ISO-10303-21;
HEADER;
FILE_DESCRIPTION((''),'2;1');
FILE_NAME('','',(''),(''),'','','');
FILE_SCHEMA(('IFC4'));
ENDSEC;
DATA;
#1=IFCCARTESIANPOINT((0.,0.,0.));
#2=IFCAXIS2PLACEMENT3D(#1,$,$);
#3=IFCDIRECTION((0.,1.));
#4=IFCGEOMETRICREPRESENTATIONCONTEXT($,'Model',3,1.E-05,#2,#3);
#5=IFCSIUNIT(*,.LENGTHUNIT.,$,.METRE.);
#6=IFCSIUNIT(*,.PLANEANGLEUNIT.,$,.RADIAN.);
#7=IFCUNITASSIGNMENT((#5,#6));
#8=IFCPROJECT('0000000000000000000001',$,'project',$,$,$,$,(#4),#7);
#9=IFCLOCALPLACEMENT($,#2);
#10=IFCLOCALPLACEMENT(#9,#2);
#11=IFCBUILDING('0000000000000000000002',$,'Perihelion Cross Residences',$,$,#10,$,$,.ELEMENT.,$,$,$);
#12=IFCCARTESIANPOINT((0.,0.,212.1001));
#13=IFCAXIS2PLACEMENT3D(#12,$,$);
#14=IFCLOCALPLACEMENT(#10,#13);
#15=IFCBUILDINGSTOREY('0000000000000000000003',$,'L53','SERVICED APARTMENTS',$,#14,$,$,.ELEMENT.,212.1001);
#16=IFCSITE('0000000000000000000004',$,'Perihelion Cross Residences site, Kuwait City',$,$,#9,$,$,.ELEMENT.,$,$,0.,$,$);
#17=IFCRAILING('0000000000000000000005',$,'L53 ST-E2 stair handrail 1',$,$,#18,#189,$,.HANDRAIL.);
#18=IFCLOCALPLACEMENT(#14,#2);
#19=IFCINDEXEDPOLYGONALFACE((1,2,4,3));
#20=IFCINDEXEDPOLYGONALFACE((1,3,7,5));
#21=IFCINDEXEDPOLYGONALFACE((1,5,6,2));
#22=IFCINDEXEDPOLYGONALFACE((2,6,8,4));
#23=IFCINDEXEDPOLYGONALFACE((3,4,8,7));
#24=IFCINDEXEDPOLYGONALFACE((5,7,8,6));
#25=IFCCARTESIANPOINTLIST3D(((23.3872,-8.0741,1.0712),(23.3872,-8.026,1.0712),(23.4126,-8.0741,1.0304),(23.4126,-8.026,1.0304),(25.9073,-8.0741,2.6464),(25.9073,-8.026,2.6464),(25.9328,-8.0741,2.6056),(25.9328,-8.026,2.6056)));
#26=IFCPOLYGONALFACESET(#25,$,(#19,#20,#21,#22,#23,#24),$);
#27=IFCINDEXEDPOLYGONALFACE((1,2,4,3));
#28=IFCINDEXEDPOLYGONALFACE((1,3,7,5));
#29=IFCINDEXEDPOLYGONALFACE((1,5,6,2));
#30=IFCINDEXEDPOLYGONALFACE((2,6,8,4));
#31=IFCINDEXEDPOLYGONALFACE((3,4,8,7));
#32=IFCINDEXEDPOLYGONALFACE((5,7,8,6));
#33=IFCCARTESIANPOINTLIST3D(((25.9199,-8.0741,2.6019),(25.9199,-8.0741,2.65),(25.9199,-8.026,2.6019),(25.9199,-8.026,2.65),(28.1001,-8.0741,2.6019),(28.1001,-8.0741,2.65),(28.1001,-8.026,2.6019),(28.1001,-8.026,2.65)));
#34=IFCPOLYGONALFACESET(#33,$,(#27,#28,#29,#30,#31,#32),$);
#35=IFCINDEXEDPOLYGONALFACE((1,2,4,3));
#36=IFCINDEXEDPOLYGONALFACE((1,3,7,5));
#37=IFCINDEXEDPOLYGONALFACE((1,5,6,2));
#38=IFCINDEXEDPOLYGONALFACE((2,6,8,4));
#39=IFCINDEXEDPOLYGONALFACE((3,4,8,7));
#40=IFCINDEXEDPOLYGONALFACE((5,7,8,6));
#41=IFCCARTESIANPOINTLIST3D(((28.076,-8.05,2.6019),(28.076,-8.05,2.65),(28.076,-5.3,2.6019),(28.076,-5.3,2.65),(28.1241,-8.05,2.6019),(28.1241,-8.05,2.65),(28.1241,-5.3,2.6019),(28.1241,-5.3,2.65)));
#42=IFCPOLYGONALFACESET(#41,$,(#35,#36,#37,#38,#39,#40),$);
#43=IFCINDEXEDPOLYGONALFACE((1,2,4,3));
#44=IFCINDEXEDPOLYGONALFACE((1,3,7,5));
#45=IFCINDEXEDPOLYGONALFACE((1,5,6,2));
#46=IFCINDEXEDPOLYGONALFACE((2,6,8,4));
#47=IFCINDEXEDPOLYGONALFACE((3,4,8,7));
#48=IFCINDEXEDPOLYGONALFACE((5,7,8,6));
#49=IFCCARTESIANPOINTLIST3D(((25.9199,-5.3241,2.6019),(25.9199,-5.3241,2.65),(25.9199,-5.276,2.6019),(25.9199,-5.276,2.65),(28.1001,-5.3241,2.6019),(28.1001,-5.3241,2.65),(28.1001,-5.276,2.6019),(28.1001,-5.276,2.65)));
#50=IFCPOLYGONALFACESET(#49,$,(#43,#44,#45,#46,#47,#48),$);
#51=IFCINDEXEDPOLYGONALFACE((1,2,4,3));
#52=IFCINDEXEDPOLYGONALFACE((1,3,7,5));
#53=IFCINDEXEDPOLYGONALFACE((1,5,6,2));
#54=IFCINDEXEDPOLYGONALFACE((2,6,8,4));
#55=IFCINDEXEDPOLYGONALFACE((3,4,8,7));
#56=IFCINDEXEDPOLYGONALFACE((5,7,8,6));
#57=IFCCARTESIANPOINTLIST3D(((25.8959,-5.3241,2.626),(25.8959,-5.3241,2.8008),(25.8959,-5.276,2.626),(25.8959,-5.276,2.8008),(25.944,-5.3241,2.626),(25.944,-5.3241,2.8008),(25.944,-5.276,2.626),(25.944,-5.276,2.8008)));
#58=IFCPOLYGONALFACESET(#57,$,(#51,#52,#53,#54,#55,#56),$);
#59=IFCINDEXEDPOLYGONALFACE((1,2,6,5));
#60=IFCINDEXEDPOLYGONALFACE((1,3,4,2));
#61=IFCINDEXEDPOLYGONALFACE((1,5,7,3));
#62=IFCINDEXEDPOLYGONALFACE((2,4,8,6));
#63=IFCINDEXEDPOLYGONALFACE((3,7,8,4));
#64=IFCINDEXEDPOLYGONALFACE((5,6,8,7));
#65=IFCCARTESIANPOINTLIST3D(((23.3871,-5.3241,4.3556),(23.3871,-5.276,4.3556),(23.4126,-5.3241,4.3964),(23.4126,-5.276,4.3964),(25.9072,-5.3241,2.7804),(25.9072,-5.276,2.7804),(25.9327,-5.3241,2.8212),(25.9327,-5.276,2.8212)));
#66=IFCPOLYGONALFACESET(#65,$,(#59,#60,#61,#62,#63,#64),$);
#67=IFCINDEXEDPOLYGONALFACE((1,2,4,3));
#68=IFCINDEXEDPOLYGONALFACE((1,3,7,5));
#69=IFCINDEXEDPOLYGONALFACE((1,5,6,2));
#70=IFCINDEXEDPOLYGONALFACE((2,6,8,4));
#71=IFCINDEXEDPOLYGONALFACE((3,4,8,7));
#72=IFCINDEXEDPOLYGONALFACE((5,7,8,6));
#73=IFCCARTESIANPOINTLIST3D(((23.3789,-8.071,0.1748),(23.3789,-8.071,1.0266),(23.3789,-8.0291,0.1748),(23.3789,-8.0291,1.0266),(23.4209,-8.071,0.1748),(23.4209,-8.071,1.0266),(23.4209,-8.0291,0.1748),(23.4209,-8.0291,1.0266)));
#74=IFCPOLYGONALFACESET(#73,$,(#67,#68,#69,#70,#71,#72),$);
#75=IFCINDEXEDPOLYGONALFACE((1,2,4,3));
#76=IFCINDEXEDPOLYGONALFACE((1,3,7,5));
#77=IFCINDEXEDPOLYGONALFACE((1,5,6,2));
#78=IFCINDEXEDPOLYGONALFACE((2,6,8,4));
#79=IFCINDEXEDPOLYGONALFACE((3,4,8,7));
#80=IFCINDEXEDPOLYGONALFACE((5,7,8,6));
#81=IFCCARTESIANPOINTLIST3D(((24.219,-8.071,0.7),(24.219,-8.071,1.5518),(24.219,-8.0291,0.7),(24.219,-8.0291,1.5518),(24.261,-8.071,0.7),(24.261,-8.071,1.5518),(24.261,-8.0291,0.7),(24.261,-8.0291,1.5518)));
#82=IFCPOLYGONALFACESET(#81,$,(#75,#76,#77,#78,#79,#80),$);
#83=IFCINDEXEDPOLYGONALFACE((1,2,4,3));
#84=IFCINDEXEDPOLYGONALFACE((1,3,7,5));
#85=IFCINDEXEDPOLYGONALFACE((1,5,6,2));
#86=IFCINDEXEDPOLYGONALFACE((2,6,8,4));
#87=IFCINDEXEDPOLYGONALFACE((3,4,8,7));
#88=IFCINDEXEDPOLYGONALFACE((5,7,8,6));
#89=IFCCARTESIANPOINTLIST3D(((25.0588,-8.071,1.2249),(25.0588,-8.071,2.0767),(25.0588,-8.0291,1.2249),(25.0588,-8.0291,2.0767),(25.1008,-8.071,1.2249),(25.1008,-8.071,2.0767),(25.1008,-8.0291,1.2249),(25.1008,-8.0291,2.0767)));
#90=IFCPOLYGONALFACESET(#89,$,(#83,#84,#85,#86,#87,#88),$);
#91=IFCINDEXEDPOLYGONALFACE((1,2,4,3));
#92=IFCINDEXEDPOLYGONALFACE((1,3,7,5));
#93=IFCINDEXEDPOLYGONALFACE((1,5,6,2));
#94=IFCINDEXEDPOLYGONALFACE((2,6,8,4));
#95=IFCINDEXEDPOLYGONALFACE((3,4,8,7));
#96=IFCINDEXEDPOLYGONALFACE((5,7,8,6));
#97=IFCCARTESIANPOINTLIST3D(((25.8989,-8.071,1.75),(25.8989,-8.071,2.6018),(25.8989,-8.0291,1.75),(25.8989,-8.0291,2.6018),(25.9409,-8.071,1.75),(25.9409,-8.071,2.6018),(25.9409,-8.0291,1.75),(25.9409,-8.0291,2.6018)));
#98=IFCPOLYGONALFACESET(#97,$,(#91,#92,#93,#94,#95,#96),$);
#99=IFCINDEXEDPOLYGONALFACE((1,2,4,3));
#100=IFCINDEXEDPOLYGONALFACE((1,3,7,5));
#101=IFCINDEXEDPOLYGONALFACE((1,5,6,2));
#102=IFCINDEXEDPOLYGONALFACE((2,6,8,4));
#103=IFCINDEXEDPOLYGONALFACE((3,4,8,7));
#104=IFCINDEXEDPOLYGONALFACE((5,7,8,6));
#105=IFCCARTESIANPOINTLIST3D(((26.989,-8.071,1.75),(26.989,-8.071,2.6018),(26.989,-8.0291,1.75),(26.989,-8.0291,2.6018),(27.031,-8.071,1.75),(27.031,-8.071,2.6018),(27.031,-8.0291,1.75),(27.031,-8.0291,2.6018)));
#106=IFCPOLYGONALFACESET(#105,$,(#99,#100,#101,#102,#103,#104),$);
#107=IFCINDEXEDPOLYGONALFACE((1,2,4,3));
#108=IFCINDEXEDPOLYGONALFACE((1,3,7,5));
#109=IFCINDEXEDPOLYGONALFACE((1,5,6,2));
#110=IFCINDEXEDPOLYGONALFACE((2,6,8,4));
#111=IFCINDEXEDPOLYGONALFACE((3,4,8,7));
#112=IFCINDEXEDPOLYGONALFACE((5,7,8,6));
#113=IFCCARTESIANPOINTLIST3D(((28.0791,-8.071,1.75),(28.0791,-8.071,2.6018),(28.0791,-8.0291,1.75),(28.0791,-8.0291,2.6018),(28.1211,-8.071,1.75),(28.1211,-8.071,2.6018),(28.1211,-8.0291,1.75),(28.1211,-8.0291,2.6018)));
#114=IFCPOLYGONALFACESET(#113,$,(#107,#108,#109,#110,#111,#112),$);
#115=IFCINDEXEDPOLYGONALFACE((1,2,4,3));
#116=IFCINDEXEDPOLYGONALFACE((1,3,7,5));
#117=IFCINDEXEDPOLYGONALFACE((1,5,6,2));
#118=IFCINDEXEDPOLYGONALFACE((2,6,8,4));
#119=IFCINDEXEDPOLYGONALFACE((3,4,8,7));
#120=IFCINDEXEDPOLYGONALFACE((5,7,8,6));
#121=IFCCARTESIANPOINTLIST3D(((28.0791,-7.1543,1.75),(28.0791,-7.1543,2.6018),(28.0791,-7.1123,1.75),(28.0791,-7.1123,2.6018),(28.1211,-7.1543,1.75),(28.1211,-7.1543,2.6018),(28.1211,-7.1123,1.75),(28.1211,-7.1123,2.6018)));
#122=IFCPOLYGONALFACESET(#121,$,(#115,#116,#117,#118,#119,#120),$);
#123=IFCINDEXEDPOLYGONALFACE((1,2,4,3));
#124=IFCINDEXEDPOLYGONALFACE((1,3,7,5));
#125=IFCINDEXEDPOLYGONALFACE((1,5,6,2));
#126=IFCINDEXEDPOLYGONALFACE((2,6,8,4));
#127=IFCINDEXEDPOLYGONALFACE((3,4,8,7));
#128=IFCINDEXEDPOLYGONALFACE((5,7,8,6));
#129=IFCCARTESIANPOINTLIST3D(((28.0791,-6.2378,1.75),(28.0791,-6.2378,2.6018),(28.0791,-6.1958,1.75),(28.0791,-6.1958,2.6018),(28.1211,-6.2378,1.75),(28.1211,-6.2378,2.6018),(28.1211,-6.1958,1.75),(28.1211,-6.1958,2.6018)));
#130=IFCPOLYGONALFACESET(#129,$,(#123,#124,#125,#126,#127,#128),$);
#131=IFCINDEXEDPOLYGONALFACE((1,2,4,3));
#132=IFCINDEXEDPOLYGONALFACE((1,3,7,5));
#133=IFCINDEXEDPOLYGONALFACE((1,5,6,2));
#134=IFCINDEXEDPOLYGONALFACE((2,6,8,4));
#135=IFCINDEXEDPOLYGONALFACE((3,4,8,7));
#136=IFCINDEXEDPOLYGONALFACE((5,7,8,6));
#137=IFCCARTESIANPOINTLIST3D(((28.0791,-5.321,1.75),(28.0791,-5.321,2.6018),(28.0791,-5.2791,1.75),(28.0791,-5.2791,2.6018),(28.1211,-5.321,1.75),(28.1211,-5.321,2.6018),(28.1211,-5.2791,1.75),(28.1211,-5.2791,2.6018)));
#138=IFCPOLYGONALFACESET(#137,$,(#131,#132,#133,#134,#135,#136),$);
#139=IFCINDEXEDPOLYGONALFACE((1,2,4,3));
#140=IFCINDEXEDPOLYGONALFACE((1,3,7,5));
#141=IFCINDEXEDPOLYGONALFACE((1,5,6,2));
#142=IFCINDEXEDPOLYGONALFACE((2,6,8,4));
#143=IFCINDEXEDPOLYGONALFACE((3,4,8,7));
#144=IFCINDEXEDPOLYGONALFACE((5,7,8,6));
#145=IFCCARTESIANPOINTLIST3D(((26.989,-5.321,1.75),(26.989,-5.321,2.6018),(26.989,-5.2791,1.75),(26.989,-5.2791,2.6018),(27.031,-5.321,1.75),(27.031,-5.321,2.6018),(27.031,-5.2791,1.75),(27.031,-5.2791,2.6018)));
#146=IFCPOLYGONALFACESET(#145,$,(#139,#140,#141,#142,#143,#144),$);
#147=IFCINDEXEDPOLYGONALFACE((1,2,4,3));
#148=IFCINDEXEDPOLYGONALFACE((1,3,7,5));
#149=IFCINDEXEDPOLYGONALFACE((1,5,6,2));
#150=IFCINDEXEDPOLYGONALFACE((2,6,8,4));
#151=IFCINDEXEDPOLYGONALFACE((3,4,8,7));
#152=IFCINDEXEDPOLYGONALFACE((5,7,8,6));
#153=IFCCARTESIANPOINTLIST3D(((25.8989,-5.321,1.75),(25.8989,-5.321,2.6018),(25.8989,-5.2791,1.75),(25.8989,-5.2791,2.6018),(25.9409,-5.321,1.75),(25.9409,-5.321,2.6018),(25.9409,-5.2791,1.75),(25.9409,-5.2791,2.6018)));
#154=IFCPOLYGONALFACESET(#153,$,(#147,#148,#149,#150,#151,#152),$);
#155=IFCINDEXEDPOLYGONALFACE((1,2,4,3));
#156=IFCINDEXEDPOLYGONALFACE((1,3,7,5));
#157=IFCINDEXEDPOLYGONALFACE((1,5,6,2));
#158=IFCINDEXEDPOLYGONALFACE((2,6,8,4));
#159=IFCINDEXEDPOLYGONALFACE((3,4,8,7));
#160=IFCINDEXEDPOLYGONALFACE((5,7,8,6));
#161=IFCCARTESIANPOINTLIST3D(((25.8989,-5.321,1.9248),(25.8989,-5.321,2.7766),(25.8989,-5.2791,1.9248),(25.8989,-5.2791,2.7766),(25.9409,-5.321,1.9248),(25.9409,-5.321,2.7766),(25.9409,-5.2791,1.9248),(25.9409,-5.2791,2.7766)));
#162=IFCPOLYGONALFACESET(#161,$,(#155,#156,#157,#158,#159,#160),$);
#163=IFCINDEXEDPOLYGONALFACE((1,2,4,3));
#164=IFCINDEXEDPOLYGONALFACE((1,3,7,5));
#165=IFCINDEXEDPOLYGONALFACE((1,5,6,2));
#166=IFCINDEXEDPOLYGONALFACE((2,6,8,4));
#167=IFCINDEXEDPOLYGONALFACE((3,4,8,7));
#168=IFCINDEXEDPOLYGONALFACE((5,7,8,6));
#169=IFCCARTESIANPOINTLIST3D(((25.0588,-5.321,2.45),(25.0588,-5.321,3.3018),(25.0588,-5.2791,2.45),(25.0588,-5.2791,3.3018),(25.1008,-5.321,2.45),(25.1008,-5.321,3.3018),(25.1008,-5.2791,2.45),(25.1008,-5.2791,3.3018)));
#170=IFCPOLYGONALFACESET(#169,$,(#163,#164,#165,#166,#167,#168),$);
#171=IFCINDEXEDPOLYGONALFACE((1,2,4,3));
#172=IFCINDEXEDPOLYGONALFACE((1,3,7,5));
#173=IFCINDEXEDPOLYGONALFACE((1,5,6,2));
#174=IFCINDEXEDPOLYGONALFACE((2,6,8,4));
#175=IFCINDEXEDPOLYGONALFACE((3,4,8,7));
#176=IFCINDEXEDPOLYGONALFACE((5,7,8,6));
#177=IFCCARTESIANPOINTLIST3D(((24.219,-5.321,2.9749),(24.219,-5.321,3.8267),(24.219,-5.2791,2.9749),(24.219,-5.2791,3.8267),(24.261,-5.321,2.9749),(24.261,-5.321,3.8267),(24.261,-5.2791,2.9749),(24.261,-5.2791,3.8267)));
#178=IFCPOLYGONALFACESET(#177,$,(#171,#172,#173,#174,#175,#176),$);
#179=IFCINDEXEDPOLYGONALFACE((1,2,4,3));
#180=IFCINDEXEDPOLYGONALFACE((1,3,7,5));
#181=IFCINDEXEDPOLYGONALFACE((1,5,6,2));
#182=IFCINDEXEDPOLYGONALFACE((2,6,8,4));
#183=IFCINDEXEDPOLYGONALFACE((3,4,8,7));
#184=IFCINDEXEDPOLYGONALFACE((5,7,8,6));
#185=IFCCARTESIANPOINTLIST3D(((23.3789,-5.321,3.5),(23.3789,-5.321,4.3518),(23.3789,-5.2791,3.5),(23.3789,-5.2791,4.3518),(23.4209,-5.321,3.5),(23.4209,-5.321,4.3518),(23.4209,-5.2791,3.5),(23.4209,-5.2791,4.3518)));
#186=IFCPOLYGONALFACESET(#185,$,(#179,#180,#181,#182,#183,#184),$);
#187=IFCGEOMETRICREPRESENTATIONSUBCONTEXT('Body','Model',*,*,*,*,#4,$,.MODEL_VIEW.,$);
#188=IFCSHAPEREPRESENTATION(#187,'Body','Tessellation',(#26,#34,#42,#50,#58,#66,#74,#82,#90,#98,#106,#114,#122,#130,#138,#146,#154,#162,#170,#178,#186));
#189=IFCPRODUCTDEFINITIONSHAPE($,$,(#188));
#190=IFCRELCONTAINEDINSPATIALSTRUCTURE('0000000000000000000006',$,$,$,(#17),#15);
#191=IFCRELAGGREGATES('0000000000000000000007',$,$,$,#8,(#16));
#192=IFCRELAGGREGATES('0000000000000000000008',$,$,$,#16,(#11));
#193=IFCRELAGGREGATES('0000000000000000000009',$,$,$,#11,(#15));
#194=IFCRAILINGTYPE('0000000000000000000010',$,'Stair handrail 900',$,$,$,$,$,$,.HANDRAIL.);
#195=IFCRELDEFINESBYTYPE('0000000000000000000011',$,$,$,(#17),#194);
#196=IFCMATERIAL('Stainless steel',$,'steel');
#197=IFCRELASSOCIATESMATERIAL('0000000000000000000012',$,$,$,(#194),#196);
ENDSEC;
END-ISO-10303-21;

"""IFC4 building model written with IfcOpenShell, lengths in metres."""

from ifc_helpers import new_model, si_unit, direction, frame, origin, origin_2d, place, context, subcontext, project, spatial, rectangle, extrude, material, type_object, element, save


model = new_model("IFC4")

# Units and contexts
model_context = context("Model", 3, precision=1e-05, world=origin(), true_north=direction((0.0, 1.0)))
body_context = subcontext(model_context, "Body", "Model", "MODEL_VIEW")
ifc_project = project(units=[si_unit("LENGTHUNIT", "METRE"), si_unit("PLANEANGLEUNIT", "RADIAN")], contexts=[model_context])

# Site, building, storey
site_placement = place(None, origin())
site = spatial("IfcSite", under=ifc_project, at=site_placement, Name="Perihelion Cross Residences site, Kuwait City", CompositionType="ELEMENT", RefElevation=0.0)
building_placement = place(site_placement, origin())
building = spatial("IfcBuilding", under=site, at=building_placement, Name="Perihelion Cross Residences", CompositionType="ELEMENT")
storey_placement = place(building_placement, frame((0.0, 0.0, 212.1001)))
storey = spatial("IfcBuildingStorey", under=building, at=storey_placement, Name="L53", Description="SERVICED APARTMENTS", CompositionType="ELEMENT", Elevation=212.1001)

# Railing
ifc_material_1 = material(Name="Stainless steel", Category="steel")
railing_type_1 = type_object("IfcRailingType", Name="Stair handrail 900", PredefinedType="HANDRAIL", material=ifc_material_1)
railing_1_placement = place(storey_placement, frame((23.3999, -8.05, 0.1748)))
element("IfcRailing", 1, at=railing_1_placement, inside=storey, type_object=railing_type_1, Name="L53 ST-E2 stair handrail 1", PredefinedType="HANDRAIL", context=body_context, shape_type="SweptSolid", body=[
    extrude(rectangle(XDim=0.0481, YDim=0.0481, at=origin_2d()), frame((0.0, 0.0, 0.876), z_axis=(0.847971, 0.0, 0.530043), x_axis=(0.0, 1.0, 0.0)), (0.0, 0.0, 1.0), 2.9719),
    extrude(rectangle(XDim=0.0481, YDim=0.0481, at=origin_2d()), frame((2.52, 0.0, 2.4512), z_axis=(1.0, 0.0, 0.0), x_axis=(0.0, 1.0, 0.0)), (0.0, 0.0, 1.0), 2.1802),
    extrude(rectangle(XDim=0.0481, YDim=0.0481, at=origin_2d()), frame((4.7002, 0.0, 2.4512), z_axis=(0.0, 1.0, 0.0), x_axis=(-1.0, 0.0, 0.0)), (0.0, 0.0, 1.0), 2.75),
    extrude(rectangle(XDim=0.0481, YDim=0.0481, at=origin_2d()), frame((4.7002, 2.75, 2.4512), z_axis=(-1.0, 0.0, 0.0), x_axis=(0.0, -1.0, 0.0)), (0.0, 0.0, 1.0), 2.1802),
    extrude(rectangle(XDim=0.0481, YDim=0.0481, at=origin_2d()), frame((2.52, 2.75, 2.4512), z_axis=(0.0, 0.0, 1.0), x_axis=(1.0, 0.0, 0.0)), (0.0, 0.0, 1.0), 0.1748),
    extrude(rectangle(XDim=0.0481, YDim=0.0481, at=origin_2d()), frame((2.52, 2.75, 2.626), z_axis=(-0.847971, 0.0, 0.530043), x_axis=(0.0, -1.0, 0.0)), (0.0, 0.0, 1.0), 2.9719),
    extrude(rectangle(XDim=0.042, YDim=0.042, at=origin_2d()), origin(), (0.0, 0.0, 1.0), 0.8518),
    extrude(rectangle(XDim=0.042, YDim=0.042, at=origin_2d()), frame((0.8401, 0.0, 0.5251)), (0.0, 0.0, 1.0), 0.8518),
    extrude(rectangle(XDim=0.042, YDim=0.042, at=origin_2d()), frame((1.6799, 0.0, 1.05)), (0.0, 0.0, 1.0), 0.8518),
    extrude(rectangle(XDim=0.042, YDim=0.042, at=origin_2d()), frame((2.52, 0.0, 1.5752)), (0.0, 0.0, 1.0), 0.8518),
    extrude(rectangle(XDim=0.042, YDim=0.042, at=origin_2d()), frame((3.6101, 0.0, 1.5752)), (0.0, 0.0, 1.0), 0.8518),
    extrude(rectangle(XDim=0.042, YDim=0.042, at=origin_2d()), frame((4.7002, 0.0, 1.5752)), (0.0, 0.0, 1.0), 0.8518),
    extrude(rectangle(XDim=0.042, YDim=0.042, at=origin_2d()), frame((4.7002, 0.9167, 1.5752)), (0.0, 0.0, 1.0), 0.8518),
    extrude(rectangle(XDim=0.042, YDim=0.042, at=origin_2d()), frame((4.7002, 1.8333, 1.5752)), (0.0, 0.0, 1.0), 0.8518),
    extrude(rectangle(XDim=0.042, YDim=0.042, at=origin_2d()), frame((4.7002, 2.75, 1.5752)), (0.0, 0.0, 1.0), 0.8518),
    extrude(rectangle(XDim=0.042, YDim=0.042, at=origin_2d()), frame((3.6101, 2.75, 1.5752)), (0.0, 0.0, 1.0), 0.8518),
    extrude(rectangle(XDim=0.042, YDim=0.042, at=origin_2d()), frame((2.52, 2.75, 1.5752)), (0.0, 0.0, 1.0), 0.8518),
    extrude(rectangle(XDim=0.042, YDim=0.042, at=origin_2d()), frame((2.52, 2.75, 1.75)), (0.0, 0.0, 1.0), 0.8518),
    extrude(rectangle(XDim=0.042, YDim=0.042, at=origin_2d()), frame((1.6799, 2.75, 2.2751)), (0.0, 0.0, 1.0), 0.8518),
    extrude(rectangle(XDim=0.042, YDim=0.042, at=origin_2d()), frame((0.8401, 2.75, 2.8)), (0.0, 0.0, 1.0), 0.8518),
    extrude(rectangle(XDim=0.042, YDim=0.042, at=origin_2d()), frame((0.0, 2.75, 3.3252)), (0.0, 0.0, 1.0), 0.8518),
])

save(model, "model.ifc")
